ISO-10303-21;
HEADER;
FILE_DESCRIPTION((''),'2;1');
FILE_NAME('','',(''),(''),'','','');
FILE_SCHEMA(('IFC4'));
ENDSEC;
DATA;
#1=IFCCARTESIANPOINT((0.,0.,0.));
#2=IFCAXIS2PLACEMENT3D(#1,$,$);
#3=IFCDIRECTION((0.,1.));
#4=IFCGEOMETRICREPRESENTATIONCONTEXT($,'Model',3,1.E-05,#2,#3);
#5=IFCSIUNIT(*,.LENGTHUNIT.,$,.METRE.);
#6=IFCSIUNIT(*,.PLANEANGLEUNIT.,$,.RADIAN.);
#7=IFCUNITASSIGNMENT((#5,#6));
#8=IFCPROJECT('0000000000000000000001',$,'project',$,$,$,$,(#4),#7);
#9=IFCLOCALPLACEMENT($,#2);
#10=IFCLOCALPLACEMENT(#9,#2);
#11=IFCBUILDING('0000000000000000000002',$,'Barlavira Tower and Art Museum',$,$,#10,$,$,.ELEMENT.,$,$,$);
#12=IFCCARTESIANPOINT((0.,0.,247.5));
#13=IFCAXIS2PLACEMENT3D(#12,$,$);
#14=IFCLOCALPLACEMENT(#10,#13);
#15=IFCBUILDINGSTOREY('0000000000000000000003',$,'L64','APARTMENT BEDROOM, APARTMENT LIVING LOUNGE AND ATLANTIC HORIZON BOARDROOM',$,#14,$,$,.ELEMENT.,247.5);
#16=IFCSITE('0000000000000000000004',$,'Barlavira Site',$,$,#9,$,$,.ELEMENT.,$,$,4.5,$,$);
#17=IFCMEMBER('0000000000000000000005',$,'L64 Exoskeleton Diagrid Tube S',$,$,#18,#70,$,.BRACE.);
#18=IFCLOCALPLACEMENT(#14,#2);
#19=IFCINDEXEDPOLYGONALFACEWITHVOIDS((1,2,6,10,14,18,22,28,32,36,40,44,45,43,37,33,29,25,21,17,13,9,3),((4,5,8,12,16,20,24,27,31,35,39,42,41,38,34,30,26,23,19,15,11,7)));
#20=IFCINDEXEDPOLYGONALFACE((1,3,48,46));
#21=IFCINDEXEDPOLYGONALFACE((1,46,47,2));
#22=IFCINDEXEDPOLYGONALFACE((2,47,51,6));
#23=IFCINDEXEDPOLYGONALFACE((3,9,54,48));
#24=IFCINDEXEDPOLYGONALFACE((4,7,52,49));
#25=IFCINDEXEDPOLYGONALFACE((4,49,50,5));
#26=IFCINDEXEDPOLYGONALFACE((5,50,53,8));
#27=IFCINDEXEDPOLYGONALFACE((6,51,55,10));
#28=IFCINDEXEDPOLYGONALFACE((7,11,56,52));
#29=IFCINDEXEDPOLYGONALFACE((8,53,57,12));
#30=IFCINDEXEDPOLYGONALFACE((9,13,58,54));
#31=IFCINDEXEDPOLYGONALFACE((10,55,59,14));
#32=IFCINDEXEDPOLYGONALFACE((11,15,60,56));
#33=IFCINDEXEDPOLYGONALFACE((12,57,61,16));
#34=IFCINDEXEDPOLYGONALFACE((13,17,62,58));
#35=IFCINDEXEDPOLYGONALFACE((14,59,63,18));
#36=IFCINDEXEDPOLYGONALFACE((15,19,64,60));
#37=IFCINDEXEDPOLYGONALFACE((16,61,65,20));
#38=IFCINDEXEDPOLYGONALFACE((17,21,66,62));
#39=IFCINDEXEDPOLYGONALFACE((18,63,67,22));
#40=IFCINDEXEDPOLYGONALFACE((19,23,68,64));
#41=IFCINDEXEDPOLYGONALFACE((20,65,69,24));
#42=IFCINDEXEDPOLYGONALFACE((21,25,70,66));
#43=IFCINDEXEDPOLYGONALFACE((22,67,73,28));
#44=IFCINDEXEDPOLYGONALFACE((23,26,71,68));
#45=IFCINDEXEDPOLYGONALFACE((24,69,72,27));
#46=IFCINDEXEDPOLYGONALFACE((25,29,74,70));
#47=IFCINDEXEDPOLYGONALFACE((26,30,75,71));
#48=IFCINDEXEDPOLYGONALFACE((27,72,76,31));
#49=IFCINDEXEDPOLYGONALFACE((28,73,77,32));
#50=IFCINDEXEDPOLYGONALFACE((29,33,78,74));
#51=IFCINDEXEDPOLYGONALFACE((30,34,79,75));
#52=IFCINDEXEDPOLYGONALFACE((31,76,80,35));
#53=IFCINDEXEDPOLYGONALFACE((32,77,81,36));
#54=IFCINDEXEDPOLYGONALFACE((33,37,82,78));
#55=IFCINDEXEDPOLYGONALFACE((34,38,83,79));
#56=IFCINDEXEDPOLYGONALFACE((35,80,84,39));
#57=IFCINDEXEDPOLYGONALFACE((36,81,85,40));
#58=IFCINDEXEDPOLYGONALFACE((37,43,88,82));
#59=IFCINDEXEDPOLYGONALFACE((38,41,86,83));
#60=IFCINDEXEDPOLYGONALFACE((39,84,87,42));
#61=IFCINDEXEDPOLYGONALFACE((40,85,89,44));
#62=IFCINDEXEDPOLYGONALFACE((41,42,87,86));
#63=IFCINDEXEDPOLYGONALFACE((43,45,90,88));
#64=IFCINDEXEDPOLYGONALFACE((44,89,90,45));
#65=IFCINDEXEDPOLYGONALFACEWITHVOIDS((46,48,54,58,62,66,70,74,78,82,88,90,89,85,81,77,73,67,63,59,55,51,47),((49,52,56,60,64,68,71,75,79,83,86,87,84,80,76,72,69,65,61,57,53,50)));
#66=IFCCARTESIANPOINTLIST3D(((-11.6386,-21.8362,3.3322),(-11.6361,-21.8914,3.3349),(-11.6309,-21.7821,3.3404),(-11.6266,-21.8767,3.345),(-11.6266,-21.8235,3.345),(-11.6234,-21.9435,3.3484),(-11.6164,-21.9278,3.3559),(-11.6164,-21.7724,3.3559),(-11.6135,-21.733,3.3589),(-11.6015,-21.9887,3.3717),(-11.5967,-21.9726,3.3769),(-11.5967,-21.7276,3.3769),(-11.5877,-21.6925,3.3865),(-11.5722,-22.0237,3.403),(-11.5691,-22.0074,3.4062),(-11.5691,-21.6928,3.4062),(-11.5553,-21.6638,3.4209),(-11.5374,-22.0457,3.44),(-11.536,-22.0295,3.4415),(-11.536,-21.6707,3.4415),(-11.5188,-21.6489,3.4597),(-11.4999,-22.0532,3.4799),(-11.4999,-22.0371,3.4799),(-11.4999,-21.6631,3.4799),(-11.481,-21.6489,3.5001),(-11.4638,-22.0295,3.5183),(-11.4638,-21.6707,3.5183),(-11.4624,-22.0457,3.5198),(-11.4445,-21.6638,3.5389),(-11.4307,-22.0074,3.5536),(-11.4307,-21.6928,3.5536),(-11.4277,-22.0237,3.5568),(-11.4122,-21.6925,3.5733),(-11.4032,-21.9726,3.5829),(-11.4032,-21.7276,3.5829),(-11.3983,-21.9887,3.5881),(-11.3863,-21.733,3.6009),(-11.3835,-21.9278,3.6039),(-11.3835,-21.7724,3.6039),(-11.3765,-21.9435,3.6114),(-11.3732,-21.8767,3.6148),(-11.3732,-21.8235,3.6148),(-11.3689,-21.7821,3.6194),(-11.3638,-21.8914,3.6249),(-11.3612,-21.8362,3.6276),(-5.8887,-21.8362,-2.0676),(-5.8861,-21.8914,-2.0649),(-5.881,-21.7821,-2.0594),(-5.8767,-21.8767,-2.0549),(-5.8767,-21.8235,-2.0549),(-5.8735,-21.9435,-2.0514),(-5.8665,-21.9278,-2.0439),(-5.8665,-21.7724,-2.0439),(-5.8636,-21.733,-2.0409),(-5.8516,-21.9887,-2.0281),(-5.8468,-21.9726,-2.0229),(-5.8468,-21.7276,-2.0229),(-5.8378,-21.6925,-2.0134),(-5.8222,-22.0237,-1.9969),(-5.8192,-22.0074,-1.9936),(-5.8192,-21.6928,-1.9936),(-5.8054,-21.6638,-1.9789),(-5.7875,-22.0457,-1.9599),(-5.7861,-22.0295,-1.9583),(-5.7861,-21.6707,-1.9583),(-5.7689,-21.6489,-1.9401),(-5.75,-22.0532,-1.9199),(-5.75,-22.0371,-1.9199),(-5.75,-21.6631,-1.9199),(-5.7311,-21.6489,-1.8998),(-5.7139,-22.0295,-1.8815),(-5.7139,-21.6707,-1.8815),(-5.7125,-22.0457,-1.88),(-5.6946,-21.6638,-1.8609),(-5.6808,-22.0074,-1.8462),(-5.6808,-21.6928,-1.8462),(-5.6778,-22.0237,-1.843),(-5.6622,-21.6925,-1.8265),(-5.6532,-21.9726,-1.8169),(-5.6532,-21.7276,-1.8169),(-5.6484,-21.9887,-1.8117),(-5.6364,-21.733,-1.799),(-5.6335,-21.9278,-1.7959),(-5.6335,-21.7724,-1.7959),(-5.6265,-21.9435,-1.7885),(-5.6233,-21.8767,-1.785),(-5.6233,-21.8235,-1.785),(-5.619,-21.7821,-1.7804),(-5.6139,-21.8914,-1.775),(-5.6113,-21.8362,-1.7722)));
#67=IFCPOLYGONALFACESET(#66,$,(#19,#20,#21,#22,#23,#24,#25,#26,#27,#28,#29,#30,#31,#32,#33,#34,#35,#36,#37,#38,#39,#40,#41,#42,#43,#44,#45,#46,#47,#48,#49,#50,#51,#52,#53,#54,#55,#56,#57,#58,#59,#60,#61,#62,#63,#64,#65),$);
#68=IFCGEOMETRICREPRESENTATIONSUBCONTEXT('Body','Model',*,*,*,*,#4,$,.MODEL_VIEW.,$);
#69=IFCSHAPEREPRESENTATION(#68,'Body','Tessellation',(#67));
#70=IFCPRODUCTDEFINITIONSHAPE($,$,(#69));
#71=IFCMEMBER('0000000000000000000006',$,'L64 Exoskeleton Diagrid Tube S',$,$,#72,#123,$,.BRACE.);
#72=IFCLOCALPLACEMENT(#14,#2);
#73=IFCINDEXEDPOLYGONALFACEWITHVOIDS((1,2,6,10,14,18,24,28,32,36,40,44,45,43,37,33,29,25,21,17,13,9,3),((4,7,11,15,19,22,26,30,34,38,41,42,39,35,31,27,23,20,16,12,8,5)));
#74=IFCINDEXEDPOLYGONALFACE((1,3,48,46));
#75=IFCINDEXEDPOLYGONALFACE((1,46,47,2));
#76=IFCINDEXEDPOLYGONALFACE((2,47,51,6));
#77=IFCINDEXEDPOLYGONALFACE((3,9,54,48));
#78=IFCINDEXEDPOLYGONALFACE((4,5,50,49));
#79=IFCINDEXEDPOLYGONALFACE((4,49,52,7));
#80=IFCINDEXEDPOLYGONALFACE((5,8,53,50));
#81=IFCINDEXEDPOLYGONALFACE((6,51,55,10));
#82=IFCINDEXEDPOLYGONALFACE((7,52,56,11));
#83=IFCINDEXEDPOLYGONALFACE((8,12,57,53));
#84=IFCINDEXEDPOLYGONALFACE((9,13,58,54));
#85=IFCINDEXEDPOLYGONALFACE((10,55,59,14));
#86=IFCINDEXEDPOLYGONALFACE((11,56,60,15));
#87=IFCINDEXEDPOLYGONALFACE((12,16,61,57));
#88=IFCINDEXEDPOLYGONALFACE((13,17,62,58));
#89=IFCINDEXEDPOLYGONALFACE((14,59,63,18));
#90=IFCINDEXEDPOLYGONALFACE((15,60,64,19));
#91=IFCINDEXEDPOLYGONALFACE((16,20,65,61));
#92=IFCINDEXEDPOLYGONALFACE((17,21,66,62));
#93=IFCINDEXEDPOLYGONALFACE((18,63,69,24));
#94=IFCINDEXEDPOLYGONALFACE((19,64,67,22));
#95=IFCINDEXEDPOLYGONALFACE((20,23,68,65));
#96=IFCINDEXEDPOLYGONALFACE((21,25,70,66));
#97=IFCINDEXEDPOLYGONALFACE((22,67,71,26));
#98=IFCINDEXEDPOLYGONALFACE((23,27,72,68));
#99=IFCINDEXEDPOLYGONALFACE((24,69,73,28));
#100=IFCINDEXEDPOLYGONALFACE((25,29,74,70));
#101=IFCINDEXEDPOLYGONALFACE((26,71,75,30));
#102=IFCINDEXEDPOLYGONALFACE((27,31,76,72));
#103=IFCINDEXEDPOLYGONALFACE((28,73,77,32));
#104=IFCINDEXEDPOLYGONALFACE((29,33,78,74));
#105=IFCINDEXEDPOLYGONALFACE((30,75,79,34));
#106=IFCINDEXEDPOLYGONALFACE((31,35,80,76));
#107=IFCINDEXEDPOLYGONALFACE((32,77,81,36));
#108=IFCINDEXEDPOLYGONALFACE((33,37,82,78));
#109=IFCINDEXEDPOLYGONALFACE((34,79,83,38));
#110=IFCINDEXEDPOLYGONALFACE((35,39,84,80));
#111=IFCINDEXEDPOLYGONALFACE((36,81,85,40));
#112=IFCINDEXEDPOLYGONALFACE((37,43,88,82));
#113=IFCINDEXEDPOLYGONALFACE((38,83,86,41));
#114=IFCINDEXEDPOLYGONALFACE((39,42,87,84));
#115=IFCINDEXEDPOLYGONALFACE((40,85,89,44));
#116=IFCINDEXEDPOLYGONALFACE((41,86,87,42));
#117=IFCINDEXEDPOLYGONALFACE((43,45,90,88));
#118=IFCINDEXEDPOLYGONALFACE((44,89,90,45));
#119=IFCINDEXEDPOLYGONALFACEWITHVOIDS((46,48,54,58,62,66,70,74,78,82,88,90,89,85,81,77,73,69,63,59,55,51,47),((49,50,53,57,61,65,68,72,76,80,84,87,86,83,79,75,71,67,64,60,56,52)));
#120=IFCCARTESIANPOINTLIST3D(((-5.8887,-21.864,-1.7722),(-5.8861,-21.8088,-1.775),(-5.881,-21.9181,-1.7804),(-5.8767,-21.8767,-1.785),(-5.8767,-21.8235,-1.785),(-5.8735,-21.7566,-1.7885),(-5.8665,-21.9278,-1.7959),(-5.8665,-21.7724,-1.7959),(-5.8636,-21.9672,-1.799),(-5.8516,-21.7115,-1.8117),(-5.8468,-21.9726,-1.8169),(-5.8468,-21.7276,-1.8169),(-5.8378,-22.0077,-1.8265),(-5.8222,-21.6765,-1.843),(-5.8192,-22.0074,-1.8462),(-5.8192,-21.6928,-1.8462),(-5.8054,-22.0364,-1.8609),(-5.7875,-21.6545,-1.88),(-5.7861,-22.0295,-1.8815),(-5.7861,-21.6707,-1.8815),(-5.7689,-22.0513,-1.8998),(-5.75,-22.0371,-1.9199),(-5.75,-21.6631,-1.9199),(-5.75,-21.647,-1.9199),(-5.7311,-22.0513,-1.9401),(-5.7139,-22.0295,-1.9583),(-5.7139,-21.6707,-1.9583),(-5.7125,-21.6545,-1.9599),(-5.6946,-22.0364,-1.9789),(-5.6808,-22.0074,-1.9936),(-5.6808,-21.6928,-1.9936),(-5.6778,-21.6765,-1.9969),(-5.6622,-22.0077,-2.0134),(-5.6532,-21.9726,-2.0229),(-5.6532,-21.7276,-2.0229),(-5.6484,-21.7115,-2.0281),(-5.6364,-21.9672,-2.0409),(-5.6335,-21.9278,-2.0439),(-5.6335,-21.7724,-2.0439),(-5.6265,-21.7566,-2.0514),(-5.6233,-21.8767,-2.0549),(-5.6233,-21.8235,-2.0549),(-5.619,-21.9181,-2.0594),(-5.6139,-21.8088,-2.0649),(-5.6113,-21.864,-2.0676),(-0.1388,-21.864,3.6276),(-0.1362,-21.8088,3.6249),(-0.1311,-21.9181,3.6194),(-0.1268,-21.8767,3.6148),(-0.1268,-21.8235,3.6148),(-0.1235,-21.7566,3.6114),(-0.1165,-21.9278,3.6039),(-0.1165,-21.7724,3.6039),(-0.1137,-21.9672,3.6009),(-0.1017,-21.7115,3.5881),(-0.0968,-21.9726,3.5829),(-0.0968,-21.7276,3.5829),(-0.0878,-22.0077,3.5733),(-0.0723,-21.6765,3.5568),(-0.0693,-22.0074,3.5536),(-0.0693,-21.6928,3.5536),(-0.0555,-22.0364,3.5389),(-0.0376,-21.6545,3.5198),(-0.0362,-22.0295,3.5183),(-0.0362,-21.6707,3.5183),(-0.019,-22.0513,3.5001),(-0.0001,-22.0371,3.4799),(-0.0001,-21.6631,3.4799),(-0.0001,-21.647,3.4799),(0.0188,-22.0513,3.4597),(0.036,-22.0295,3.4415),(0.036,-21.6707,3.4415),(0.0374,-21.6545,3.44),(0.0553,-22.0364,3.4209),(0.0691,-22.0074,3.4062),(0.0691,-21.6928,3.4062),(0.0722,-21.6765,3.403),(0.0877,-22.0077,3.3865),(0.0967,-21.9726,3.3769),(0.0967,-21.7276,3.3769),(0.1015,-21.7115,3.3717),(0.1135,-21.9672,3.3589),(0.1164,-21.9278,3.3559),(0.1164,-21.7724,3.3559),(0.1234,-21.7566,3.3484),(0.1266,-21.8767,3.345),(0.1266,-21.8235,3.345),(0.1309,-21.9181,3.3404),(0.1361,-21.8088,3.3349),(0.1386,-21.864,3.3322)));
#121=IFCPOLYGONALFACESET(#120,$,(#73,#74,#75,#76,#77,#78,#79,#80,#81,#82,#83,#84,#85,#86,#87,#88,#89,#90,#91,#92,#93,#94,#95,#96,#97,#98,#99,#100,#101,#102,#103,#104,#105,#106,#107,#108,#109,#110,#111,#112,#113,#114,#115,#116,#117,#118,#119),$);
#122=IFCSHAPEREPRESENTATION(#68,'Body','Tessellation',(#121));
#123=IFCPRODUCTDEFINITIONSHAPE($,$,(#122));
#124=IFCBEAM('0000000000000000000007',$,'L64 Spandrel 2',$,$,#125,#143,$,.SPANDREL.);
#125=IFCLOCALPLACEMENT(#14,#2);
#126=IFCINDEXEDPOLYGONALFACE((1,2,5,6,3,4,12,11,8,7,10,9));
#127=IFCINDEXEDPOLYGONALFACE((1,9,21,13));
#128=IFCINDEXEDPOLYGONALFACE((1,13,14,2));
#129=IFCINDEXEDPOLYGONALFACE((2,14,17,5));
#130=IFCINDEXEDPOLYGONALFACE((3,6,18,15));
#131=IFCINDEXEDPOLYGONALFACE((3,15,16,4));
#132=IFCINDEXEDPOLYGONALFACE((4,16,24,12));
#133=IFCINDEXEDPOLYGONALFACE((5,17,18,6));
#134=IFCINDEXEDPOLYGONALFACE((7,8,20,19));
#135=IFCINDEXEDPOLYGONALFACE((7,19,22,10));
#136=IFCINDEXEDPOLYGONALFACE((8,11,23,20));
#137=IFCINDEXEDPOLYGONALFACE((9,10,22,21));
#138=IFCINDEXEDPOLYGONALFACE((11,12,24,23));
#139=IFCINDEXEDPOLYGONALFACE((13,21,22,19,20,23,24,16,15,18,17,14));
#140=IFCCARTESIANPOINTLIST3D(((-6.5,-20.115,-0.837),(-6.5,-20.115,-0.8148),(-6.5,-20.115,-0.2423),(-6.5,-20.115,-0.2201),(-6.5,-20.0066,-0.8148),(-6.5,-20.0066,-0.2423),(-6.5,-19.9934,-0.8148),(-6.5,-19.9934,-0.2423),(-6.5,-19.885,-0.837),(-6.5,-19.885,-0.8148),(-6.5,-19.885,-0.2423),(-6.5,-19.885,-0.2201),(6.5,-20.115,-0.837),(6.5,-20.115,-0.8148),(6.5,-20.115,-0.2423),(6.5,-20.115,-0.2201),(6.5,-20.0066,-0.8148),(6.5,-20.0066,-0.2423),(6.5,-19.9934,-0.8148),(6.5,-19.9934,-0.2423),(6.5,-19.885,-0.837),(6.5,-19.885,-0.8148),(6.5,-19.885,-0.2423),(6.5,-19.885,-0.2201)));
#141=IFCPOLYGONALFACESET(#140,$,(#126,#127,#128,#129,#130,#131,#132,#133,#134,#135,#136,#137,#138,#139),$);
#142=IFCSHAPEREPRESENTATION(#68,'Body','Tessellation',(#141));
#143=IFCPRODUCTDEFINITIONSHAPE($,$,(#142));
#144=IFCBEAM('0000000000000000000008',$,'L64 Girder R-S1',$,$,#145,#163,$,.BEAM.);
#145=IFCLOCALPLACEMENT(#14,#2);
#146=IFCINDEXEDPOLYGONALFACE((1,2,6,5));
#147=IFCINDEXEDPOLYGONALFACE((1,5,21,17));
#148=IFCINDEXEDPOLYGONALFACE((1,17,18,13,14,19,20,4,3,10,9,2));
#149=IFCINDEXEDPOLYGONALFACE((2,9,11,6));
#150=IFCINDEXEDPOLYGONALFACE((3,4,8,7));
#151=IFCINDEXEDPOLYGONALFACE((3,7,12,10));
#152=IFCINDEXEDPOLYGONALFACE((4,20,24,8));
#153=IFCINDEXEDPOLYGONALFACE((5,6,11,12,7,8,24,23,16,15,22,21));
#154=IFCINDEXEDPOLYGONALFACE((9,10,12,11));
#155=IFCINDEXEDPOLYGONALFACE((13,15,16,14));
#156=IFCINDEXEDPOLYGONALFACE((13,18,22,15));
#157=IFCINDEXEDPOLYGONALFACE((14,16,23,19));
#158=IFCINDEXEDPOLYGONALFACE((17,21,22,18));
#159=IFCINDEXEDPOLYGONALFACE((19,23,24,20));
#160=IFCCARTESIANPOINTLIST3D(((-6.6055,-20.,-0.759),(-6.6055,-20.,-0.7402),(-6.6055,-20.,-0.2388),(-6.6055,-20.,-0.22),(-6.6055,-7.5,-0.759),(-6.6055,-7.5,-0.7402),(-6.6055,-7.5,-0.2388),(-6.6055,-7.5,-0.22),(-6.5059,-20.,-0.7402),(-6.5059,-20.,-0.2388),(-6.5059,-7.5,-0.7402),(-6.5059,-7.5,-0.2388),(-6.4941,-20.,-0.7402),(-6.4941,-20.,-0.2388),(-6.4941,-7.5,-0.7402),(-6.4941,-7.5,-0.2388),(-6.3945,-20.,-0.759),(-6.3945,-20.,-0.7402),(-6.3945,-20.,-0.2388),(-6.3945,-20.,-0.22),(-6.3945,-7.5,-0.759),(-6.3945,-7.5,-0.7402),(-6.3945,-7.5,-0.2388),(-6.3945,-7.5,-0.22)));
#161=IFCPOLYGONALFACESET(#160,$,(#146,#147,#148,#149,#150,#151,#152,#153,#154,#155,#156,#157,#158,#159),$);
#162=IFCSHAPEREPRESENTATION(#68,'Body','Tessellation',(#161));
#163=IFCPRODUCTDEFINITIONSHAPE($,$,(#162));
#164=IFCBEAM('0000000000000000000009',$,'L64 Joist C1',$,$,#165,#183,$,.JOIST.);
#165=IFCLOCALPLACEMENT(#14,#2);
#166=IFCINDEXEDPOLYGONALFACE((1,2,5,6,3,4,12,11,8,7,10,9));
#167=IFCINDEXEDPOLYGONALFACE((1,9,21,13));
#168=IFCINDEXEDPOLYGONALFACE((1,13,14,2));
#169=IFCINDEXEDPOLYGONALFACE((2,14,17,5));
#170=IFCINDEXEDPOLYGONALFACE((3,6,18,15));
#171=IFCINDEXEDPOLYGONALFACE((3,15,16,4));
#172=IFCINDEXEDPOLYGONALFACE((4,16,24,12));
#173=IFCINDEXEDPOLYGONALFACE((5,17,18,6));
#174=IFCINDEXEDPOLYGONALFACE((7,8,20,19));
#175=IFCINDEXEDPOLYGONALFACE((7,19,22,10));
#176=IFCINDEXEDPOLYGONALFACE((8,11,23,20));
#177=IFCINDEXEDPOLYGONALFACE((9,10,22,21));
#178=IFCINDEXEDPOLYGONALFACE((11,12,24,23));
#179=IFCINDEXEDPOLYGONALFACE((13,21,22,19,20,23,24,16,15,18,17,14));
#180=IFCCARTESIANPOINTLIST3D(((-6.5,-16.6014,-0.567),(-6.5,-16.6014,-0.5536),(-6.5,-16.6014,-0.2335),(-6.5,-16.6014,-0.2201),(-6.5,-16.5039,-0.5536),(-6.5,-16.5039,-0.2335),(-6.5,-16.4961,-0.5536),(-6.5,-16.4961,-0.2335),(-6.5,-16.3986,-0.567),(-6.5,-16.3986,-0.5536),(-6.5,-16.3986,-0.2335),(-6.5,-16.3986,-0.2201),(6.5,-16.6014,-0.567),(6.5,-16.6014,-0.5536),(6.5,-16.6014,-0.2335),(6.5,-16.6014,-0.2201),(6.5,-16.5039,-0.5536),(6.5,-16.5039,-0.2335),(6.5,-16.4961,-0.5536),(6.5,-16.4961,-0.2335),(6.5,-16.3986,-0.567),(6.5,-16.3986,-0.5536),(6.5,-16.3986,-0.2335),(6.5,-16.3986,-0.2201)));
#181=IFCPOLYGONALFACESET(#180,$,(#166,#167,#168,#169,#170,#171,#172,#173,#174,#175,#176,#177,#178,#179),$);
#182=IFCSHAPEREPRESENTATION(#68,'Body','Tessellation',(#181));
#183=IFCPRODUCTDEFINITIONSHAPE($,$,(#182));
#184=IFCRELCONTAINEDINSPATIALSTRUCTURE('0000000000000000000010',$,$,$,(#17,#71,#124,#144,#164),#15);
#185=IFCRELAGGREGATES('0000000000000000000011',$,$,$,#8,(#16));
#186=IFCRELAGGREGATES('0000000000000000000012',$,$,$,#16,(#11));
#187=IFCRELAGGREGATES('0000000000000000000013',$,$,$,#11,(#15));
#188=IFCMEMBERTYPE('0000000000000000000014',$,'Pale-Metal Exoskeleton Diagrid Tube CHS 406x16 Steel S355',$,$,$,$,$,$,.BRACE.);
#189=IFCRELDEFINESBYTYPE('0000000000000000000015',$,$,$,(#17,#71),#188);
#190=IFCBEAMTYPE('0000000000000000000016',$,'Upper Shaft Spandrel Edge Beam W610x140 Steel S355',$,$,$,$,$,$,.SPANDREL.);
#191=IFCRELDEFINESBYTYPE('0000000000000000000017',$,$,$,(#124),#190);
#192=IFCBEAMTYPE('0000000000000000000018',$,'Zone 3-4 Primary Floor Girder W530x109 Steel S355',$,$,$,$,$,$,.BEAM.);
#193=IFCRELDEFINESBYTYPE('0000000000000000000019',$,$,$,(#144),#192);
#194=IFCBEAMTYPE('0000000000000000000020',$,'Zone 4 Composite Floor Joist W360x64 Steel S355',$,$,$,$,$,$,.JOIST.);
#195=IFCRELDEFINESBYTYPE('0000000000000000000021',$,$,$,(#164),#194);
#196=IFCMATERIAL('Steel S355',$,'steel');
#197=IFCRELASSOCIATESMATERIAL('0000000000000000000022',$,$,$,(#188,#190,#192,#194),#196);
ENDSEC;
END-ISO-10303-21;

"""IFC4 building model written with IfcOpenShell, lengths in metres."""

from ifc_helpers import new_model, si_unit, direction, frame, origin, origin_2d, place, context, subcontext, project, spatial, hollow_circle, i_section, extrude, material, material_profile, profile_set, type_object, element, save


model = new_model("IFC4")

# Units and contexts
model_context = context("Model", 3, precision=1e-05, world=origin(), true_north=direction((0.0, 1.0)))
body_context = subcontext(model_context, "Body", "Model", "MODEL_VIEW")
ifc_project = project(units=[si_unit("LENGTHUNIT", "METRE"), si_unit("PLANEANGLEUNIT", "RADIAN")], contexts=[model_context])

# Site, building, storey
site_placement = place(None, origin())
site = spatial("IfcSite", under=ifc_project, at=site_placement, Name="Barlavira Site", CompositionType="ELEMENT", RefElevation=4.5)
building_placement = place(site_placement, origin())
building = spatial("IfcBuilding", under=site, at=building_placement, Name="Barlavira Tower and Art Museum", CompositionType="ELEMENT")
storey_placement = place(building_placement, frame((0.0, 0.0, 247.5)))
storey = spatial("IfcBuildingStorey", under=building, at=storey_placement, Name="L64", Description="APARTMENT BEDROOM, APARTMENT LIVING LOUNGE AND ATLANTIC HORIZON BOARDROOM", CompositionType="ELEMENT", Elevation=247.5)

# Members
ifc_material_1 = material(Name="Steel S355", Category="steel")
ifc_material_profile_1 = material_profile(ifc_material_1, hollow_circle(Radius=0.2031, WallThickness=0.0161, at=origin_2d()), Name="CHS 406.4x16.0")
ifc_profile_set_1 = profile_set([ifc_material_profile_1], Name="Steel S355")
member_type_1 = type_object("IfcMemberType", Name="Pale-Metal Exoskeleton Diagrid Tube CHS 406x16 Steel S355", PredefinedType="BRACE", material=ifc_profile_set_1)
for number, where, z_axis, x_axis, name in (
    (1, (-5.75, -21.8501, -1.9199), (-0.72895, 0.0, 0.684567), (0.0, -1.0, 0.0), "L64 Exoskeleton Diagrid Tube S"),
    (2, (-5.75, -21.8501, -1.9199), (0.72895, 0.0, 0.684567), (0.0, 1.0, 0.0), "L64 Exoskeleton Diagrid Tube S"),
):
    element("IfcMember", number, at=place(storey_placement, frame(where, z_axis=z_axis, x_axis=x_axis)), inside=storey, type_object=member_type_1, Name=name, PredefinedType="BRACE", context=body_context, shape_type="SweptSolid", body=[
        extrude(hollow_circle(Radius=0.2031, WallThickness=0.0161, at=origin_2d()), origin(), (0.0, 0.0, 1.0), 7.8879),
    ])

# Beams
ifc_material_profile_2 = material_profile(ifc_material_1, i_section(OverallWidth=0.23, OverallDepth=0.6169, WebThickness=0.0132, FlangeThickness=0.0222, at=origin_2d()), Name="W610x140.0")
ifc_profile_set_2 = profile_set([ifc_material_profile_2], Name="Steel S355")
beam_type_1 = type_object("IfcBeamType", Name="Upper Shaft Spandrel Edge Beam W610x140 Steel S355", PredefinedType="SPANDREL", material=ifc_profile_set_2)
beam_1_placement = place(storey_placement, frame((-6.5, -20.0, -0.5286), z_axis=(1.0, 0.0, 0.0), x_axis=(0.0, 1.0, 0.0)))
element("IfcBeam", 3, at=beam_1_placement, inside=storey, type_object=beam_type_1, Name="L64 Spandrel 2", PredefinedType="SPANDREL", context=body_context, shape_type="SweptSolid", body=[
    extrude(i_section(OverallWidth=0.23, OverallDepth=0.6169, WebThickness=0.0132, FlangeThickness=0.0222, at=origin_2d()), origin(), (0.0, 0.0, 1.0), 13.0),
])
ifc_material_profile_3 = material_profile(ifc_material_1, i_section(OverallWidth=0.2109, OverallDepth=0.5391, WebThickness=0.0117, FlangeThickness=0.0188, at=origin_2d()), Name="W530x109.0")
ifc_profile_set_3 = profile_set([ifc_material_profile_3], Name="Steel S355")
beam_type_2 = type_object("IfcBeamType", Name="Zone 3-4 Primary Floor Girder W530x109 Steel S355", PredefinedType="BEAM", material=ifc_profile_set_3)
beam_2_placement = place(storey_placement, frame((-6.5, -20.0, -0.4895), z_axis=(0.0, 1.0, 0.0), x_axis=(-1.0, 0.0, 0.0)))
element("IfcBeam", 4, at=beam_2_placement, inside=storey, type_object=beam_type_2, Name="L64 Girder R-S1", PredefinedType="BEAM", context=body_context, shape_type="SweptSolid", body=[
    extrude(i_section(OverallWidth=0.2109, OverallDepth=0.5391, WebThickness=0.0117, FlangeThickness=0.0188, at=origin_2d()), origin(), (0.0, 0.0, 1.0), 12.5),
])
ifc_material_profile_4 = material_profile(ifc_material_1, i_section(OverallWidth=0.2029, OverallDepth=0.3469, WebThickness=0.0078, FlangeThickness=0.0134, at=origin_2d()), Name="W360x64.0")
ifc_profile_set_4 = profile_set([ifc_material_profile_4], Name="Steel S355")
beam_type_3 = type_object("IfcBeamType", Name="Zone 4 Composite Floor Joist W360x64 Steel S355", PredefinedType="JOIST", material=ifc_profile_set_4)
beam_3_placement = place(storey_placement, frame((-6.5, -16.5, -0.3936), z_axis=(1.0, 0.0, 0.0), x_axis=(0.0, 1.0, 0.0)))
element("IfcBeam", 5, at=beam_3_placement, inside=storey, type_object=beam_type_3, Name="L64 Joist C1", PredefinedType="JOIST", context=body_context, shape_type="SweptSolid", body=[
    extrude(i_section(OverallWidth=0.2029, OverallDepth=0.3469, WebThickness=0.0078, FlangeThickness=0.0134, at=origin_2d()), origin(), (0.0, 0.0, 1.0), 13.0),
])

save(model, "model.ifc")
